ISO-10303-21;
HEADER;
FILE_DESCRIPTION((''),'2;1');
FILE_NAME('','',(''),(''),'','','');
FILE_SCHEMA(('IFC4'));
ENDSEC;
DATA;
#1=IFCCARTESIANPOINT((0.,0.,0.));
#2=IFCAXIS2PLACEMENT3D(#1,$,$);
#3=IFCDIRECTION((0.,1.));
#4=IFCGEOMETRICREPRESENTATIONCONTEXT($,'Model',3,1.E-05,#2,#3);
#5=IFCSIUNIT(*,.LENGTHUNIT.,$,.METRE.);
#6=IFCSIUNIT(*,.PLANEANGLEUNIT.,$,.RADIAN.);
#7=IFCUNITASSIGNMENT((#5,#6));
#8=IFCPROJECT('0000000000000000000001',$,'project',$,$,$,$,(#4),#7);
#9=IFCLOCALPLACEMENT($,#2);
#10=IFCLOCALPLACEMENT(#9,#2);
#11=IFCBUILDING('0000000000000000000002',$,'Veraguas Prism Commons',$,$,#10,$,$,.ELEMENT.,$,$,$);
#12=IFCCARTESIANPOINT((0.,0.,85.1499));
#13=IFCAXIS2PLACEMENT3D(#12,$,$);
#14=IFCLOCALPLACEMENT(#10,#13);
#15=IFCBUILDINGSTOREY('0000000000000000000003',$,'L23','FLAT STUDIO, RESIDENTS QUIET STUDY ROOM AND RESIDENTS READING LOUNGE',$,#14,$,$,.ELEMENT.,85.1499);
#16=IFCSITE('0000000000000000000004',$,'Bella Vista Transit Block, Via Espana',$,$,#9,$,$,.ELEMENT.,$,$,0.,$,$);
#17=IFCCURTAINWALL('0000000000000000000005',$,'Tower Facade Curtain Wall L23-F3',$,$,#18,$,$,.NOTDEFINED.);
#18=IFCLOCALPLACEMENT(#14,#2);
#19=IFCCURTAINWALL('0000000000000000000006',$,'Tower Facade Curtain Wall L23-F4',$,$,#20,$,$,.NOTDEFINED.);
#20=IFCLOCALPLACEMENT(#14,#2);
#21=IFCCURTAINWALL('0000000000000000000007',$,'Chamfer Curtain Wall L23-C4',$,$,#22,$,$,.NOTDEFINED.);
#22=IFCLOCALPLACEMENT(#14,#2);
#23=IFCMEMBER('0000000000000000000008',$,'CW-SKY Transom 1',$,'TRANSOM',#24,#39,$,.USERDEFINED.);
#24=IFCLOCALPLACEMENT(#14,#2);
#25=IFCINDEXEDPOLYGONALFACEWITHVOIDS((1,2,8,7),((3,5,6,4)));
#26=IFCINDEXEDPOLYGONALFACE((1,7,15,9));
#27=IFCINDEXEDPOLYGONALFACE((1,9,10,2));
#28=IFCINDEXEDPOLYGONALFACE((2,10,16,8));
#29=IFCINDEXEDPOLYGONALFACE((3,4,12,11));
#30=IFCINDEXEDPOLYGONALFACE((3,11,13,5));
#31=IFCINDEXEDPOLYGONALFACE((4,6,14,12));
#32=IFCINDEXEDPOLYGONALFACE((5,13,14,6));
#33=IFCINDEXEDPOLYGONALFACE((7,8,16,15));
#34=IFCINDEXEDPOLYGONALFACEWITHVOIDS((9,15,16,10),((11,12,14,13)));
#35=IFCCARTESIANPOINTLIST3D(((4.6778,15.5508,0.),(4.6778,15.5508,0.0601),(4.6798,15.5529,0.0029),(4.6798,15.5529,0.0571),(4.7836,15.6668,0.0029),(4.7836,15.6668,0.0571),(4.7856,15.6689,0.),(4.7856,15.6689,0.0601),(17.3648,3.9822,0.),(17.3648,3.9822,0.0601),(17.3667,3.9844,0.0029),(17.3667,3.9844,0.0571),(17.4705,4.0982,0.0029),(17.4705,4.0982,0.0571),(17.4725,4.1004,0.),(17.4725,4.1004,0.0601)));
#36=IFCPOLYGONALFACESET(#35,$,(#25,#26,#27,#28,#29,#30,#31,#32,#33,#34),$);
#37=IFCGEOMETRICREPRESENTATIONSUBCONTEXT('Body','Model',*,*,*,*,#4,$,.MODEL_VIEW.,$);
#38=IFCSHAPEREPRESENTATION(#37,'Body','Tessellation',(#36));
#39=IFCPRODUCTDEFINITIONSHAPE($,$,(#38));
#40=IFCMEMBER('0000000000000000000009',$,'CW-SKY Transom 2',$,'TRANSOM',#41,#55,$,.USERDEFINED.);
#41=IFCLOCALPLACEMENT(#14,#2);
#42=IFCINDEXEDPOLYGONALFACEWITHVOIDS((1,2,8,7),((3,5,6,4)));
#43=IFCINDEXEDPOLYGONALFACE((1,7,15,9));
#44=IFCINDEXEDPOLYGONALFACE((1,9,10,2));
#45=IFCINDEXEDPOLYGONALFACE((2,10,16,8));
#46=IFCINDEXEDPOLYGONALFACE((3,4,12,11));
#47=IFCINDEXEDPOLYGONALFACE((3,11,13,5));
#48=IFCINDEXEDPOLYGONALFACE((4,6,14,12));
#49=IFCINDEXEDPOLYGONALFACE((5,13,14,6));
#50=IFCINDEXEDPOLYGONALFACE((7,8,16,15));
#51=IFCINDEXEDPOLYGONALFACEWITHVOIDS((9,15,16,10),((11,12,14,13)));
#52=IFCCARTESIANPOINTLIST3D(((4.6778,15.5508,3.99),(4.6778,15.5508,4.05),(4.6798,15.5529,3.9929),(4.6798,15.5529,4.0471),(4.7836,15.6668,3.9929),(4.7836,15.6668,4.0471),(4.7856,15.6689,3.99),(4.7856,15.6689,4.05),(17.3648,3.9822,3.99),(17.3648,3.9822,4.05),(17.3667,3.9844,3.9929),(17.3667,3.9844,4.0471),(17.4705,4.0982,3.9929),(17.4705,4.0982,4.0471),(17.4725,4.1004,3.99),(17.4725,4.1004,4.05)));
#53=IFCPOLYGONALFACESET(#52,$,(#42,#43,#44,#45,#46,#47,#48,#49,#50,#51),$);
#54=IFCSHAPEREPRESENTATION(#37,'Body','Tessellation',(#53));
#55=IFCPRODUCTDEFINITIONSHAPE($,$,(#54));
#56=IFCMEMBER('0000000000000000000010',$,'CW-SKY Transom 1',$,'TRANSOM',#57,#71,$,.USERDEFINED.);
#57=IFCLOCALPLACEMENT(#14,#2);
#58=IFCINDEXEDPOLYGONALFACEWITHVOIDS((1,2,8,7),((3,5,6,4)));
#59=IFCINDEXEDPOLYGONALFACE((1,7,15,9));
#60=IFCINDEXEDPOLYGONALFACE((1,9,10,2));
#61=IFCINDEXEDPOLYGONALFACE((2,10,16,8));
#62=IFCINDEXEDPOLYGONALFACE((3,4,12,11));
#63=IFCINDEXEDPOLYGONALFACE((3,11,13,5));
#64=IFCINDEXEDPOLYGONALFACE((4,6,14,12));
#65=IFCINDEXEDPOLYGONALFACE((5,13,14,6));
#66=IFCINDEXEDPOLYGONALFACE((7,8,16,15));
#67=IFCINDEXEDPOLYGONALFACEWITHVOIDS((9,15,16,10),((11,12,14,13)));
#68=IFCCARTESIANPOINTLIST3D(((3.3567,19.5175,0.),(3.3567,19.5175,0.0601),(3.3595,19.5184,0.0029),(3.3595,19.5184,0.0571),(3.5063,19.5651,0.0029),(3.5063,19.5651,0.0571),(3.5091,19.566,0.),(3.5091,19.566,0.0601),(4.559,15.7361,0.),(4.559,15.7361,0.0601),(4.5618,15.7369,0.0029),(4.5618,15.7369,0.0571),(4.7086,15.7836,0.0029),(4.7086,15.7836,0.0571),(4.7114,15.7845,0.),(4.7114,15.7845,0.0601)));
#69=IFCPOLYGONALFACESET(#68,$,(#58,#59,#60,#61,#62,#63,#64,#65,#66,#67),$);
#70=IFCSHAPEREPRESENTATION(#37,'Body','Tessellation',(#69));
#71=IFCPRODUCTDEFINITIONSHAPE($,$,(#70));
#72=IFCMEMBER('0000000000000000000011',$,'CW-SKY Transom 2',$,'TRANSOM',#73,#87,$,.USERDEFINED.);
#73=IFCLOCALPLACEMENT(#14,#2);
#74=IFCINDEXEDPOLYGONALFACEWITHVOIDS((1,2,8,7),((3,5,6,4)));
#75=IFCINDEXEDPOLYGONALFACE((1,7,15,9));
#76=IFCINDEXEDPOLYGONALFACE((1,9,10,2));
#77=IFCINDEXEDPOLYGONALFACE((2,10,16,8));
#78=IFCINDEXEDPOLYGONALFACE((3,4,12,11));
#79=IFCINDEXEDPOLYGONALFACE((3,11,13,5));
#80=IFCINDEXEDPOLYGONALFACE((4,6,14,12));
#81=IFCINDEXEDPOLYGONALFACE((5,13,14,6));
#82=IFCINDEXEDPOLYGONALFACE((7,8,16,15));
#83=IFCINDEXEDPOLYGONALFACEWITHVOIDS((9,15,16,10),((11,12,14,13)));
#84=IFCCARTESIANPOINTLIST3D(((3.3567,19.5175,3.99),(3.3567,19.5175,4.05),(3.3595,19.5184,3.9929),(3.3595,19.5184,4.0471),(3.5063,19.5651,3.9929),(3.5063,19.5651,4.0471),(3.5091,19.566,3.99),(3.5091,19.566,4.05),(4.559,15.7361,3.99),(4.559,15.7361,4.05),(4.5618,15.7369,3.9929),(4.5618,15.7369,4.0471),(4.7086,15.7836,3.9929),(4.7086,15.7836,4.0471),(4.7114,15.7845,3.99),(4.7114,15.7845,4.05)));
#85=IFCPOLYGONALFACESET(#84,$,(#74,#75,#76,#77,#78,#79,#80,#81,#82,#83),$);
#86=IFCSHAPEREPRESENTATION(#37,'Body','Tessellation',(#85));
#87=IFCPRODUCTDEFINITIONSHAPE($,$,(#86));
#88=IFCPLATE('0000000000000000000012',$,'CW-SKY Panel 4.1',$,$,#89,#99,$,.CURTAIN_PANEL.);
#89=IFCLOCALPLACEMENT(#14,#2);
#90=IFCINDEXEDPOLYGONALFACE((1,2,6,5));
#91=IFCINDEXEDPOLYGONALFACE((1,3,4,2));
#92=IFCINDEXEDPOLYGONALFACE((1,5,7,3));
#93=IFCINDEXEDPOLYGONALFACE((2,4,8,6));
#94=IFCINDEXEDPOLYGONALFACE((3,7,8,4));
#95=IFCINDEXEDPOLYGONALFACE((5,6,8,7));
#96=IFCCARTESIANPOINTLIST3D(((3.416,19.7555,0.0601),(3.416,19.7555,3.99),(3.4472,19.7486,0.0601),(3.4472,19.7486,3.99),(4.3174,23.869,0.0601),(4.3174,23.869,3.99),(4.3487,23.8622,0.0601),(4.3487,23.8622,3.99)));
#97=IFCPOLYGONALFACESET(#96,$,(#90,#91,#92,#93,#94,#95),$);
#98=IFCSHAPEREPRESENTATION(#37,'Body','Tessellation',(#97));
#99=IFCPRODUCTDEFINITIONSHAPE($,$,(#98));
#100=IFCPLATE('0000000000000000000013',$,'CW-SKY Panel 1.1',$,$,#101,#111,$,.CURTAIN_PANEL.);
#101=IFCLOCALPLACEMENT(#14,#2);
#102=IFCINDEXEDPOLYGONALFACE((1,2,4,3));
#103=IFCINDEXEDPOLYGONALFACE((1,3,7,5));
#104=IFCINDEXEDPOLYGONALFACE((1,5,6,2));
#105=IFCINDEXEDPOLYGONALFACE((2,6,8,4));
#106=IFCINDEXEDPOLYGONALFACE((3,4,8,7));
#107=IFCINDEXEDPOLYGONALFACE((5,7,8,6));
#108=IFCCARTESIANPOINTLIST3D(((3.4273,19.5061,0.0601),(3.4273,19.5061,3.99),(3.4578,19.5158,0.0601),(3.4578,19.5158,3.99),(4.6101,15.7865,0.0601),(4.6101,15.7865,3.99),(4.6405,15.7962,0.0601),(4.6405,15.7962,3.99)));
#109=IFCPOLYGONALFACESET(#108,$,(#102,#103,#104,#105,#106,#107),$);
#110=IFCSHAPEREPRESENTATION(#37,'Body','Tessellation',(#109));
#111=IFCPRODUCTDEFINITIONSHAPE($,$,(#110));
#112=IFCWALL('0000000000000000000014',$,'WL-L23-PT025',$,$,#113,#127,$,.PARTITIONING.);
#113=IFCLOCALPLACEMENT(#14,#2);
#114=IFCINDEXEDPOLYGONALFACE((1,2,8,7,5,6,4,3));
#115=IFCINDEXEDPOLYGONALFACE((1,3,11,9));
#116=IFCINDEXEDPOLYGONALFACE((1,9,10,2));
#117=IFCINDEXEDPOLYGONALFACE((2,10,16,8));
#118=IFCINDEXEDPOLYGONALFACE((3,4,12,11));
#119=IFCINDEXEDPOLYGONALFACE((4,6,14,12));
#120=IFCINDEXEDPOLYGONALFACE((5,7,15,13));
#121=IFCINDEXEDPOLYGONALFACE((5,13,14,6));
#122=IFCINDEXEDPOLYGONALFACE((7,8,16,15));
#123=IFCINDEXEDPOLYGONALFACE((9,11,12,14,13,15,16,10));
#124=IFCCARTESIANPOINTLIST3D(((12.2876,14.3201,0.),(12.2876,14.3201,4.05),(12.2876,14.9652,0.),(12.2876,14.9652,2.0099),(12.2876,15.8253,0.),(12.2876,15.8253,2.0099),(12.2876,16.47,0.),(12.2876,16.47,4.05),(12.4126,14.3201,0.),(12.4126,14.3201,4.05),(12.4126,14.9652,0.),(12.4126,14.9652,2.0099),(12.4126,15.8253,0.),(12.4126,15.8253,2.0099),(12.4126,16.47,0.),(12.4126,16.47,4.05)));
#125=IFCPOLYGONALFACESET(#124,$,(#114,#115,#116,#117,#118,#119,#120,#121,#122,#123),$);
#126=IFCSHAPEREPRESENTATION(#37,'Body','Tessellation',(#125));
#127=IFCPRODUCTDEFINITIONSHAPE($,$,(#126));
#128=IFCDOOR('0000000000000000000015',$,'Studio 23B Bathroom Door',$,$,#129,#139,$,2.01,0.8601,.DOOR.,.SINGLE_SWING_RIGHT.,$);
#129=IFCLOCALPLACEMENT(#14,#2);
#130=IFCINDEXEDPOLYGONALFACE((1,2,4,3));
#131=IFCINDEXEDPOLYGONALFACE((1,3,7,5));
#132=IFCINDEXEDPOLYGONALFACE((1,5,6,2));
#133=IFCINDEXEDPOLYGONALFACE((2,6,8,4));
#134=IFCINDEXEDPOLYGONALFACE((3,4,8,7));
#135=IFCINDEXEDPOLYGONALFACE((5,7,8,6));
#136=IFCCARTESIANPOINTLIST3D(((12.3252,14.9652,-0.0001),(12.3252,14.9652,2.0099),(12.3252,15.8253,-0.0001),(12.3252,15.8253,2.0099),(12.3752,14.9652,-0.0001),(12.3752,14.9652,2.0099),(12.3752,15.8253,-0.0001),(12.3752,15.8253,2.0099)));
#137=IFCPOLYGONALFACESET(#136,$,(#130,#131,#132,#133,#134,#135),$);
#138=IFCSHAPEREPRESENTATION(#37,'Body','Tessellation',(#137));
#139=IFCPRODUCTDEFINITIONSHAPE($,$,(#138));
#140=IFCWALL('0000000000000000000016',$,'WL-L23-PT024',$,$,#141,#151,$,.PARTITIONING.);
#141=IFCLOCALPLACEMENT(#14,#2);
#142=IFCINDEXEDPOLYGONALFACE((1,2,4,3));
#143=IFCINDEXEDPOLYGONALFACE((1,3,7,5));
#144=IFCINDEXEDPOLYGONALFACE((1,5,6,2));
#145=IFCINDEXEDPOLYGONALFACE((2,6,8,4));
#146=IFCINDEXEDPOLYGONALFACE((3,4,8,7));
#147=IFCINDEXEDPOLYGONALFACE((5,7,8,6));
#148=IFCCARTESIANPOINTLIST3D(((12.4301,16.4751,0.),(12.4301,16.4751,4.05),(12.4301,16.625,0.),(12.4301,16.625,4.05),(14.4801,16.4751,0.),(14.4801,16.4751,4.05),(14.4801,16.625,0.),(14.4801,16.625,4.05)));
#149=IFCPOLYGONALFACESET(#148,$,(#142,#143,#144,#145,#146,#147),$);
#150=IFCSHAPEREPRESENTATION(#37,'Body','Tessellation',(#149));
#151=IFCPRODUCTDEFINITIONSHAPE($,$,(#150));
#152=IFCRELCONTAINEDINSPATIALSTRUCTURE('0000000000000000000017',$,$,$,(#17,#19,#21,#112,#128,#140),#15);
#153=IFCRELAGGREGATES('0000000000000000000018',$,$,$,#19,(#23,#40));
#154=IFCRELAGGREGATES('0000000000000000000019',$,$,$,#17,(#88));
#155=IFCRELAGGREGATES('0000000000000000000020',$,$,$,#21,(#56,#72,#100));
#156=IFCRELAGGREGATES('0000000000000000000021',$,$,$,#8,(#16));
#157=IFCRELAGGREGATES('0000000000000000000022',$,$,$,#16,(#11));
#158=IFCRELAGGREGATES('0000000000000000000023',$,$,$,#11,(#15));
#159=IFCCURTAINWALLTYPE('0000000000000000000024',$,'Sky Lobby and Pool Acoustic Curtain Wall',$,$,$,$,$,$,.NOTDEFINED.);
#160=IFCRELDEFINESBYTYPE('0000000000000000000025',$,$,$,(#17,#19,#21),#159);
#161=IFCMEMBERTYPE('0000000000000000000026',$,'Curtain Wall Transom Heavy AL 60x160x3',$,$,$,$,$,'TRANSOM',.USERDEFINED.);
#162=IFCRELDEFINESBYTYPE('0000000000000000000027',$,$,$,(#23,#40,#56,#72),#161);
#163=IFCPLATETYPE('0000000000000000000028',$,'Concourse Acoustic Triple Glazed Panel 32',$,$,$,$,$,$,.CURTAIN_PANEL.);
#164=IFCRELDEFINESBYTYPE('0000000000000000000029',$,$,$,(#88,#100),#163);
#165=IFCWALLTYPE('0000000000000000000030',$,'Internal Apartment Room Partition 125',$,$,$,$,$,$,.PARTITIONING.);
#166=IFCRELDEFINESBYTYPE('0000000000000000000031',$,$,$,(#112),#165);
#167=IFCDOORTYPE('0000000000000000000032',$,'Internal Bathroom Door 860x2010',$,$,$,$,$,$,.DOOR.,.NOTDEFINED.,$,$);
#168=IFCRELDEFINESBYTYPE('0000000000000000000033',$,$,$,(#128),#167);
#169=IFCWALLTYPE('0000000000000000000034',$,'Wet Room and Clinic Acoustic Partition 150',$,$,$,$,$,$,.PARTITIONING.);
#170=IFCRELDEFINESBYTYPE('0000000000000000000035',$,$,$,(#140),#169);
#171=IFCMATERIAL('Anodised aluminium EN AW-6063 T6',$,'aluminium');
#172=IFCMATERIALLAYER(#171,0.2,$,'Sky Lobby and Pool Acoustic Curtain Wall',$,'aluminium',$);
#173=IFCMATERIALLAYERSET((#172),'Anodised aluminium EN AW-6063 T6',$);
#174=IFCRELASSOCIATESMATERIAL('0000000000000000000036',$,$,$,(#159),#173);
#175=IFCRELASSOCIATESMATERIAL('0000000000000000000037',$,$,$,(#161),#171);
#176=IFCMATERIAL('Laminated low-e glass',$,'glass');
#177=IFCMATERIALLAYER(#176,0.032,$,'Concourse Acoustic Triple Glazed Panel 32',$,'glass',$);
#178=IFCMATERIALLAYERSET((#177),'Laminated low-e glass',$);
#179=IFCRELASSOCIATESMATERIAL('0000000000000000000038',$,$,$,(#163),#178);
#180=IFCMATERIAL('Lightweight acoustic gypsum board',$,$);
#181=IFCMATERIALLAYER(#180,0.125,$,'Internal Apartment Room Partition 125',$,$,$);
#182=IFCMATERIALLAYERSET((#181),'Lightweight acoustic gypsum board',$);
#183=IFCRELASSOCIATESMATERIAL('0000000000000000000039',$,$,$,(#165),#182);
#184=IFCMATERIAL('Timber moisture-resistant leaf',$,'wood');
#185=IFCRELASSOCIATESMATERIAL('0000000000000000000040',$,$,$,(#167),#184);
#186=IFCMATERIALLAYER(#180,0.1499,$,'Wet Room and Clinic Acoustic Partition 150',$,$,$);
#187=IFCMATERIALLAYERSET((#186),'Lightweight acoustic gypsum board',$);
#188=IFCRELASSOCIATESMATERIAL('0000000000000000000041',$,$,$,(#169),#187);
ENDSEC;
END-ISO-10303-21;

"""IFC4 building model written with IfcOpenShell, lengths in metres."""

from ifc_helpers import new_model, si_unit, direction, frame, frame_2d, origin, origin_2d, place, context, subcontext, project, spatial, rectangle, hollow_rectangle, extrude, source, transform, mapped, material, layer, layer_set, material_profile, profile_set, type_object, element, fill, aggregate, save


model = new_model("IFC4")

# Units and contexts
model_context = context("Model", 3, precision=1e-05, world=origin(), true_north=direction((0.0, 1.0)))
body_context = subcontext(model_context, "Body", "Model", "MODEL_VIEW")
ifc_project = project(units=[si_unit("LENGTHUNIT", "METRE"), si_unit("PLANEANGLEUNIT", "RADIAN")], contexts=[model_context])

# Site, building, storey
site_placement = place(None, origin())
site = spatial("IfcSite", under=ifc_project, at=site_placement, Name="Bella Vista Transit Block, Via Espana", CompositionType="ELEMENT", RefElevation=0.0)
building_placement = place(site_placement, origin())
building = spatial("IfcBuilding", under=site, at=building_placement, Name="Veraguas Prism Commons", CompositionType="ELEMENT")
storey_placement = place(building_placement, frame((0.0, 0.0, 85.1499)))
storey = spatial("IfcBuildingStorey", under=building, at=storey_placement, Name="L23", Description="FLAT STUDIO, RESIDENTS QUIET STUDY ROOM AND RESIDENTS READING LOUNGE", CompositionType="ELEMENT", Elevation=85.1499)

# Curtain walls
ifc_material_1 = material(Name="Anodised aluminium EN AW-6063 T6", Category="aluminium")
ifc_layer_1 = layer(ifc_material_1, 0.2, Name="Sky Lobby and Pool Acoustic Curtain Wall", Category="aluminium")
ifc_layer_set_1 = layer_set([ifc_layer_1], Name="Anodised aluminium EN AW-6063 T6")
curtain_wall_type = type_object("IfcCurtainWallType", Name="Sky Lobby and Pool Acoustic Curtain Wall", PredefinedType="NOTDEFINED", material=ifc_layer_set_1)
curtain_wall_1_placement = place(storey_placement, origin())
curtain_wall_1 = element("IfcCurtainWall", 1, at=curtain_wall_1_placement, inside=storey, type_object=curtain_wall_type, Name="Tower Facade Curtain Wall L23-F3", PredefinedType="NOTDEFINED")
curtain_wall_2_placement = place(storey_placement, origin())
curtain_wall_2 = element("IfcCurtainWall", 2, at=curtain_wall_2_placement, inside=storey, type_object=curtain_wall_type, Name="Tower Facade Curtain Wall L23-F4", PredefinedType="NOTDEFINED")

# Curtain wall
curtain_wall_3_placement = place(storey_placement, origin())
curtain_wall_3 = element("IfcCurtainWall", 3, at=curtain_wall_3_placement, inside=storey, type_object=curtain_wall_type, Name="Chamfer Curtain Wall L23-C4", PredefinedType="NOTDEFINED")

# Members
ifc_material_profile_1 = material_profile(ifc_material_1, hollow_rectangle(XDim=0.0601, YDim=0.1599, WallThickness=0.0029, at=origin_2d()), Name="AL60X160X3")
ifc_profile_set_1 = profile_set([ifc_material_profile_1], Name="Anodised aluminium EN AW-6063 T6")
member_type_1 = type_object("IfcMemberType", Name="Curtain Wall Transom Heavy AL 60x160x3", ElementType="TRANSOM", PredefinedType="USERDEFINED", material=ifc_profile_set_1)
shared_shape_1 = source(origin(), body_context, "Body", "SweptSolid", [
    extrude(hollow_rectangle(XDim=0.0601, YDim=0.1599, WallThickness=0.0029, at=origin_2d()), origin(), (0.0, 0.0, 1.0), 17.1694),
])
member_1_placement = place(storey_placement, frame((4.7317, 15.6099, 0.03), z_axis=(0.738926, -0.673787, 0.0), x_axis=(0.0, 0.0, 1.0)))
member_1 = element("IfcMember", 4, at=member_1_placement, type_object=member_type_1, Name="CW-SKY Transom 1", ObjectType="TRANSOM", PredefinedType="USERDEFINED", context=body_context, shape_type="MappedRepresentation", body=[
    mapped(shared_shape_1, transform((0.0, 0.0, 0.0), scale=1.0)),
])
member_2_placement = place(storey_placement, frame((4.7317, 15.6099, 4.02), z_axis=(0.738926, -0.673787, 0.0), x_axis=(0.0, 0.0, 1.0)))
member_2 = element("IfcMember", 5, at=member_2_placement, type_object=member_type_1, Name="CW-SKY Transom 2", ObjectType="TRANSOM", PredefinedType="USERDEFINED", context=body_context, shape_type="MappedRepresentation", body=[
    mapped(shared_shape_1, transform((0.0, 0.0, 0.0), scale=1.0)),
])
aggregate(curtain_wall_2, [member_1, member_2])
shared_shape_2 = source(origin(), body_context, "Body", "SweptSolid", [
    extrude(hollow_rectangle(XDim=0.0601, YDim=0.1599, WallThickness=0.0029, at=origin_2d()), origin(), (0.0, 0.0, 1.0), 3.968),
])
member_3_placement = place(storey_placement, frame((3.4329, 19.5417, 0.03), z_axis=(0.303018, -0.952985, 0.0), x_axis=(0.0, 0.0, 1.0)))
member_3 = element("IfcMember", 6, at=member_3_placement, type_object=member_type_1, Name="CW-SKY Transom 1", ObjectType="TRANSOM", PredefinedType="USERDEFINED", context=body_context, shape_type="MappedRepresentation", body=[
    mapped(shared_shape_2, transform((0.0, 0.0, 0.0), scale=1.0)),
])
member_4_placement = place(storey_placement, frame((3.4329, 19.5417, 4.02), z_axis=(0.303018, -0.952985, 0.0), x_axis=(0.0, 0.0, 1.0)))
member_4 = element("IfcMember", 7, at=member_4_placement, type_object=member_type_1, Name="CW-SKY Transom 2", ObjectType="TRANSOM", PredefinedType="USERDEFINED", context=body_context, shape_type="MappedRepresentation", body=[
    mapped(shared_shape_2, transform((0.0, 0.0, 0.0), scale=1.0)),
])

# Plates
ifc_material_2 = material(Name="Laminated low-e glass", Category="glass")
ifc_layer_2 = layer(ifc_material_2, 0.032, Name="Concourse Acoustic Triple Glazed Panel 32", Category="glass")
ifc_layer_set_2 = layer_set([ifc_layer_2], Name="Laminated low-e glass")
plate_type = type_object("IfcPlateType", Name="Concourse Acoustic Triple Glazed Panel 32", PredefinedType="CURTAIN_PANEL", material=ifc_layer_set_2)
shared_shape_3 = source(origin(), body_context, "Body", "SweptSolid", [
    extrude(rectangle(XDim=4.2112, YDim=0.032, at=origin_2d()), origin(), (0.0, 0.0, 1.0), 3.9299),
])
plate_1_placement = place(storey_placement, frame((3.8823, 21.8088, 0.0601), z_axis=(0.0, 0.0, 1.0), x_axis=(-0.214055, -0.976822, 0.0)))
plate_1 = element("IfcPlate", 8, at=plate_1_placement, type_object=plate_type, Name="CW-SKY Panel 4.1", PredefinedType="CURTAIN_PANEL", context=body_context, shape_type="MappedRepresentation", body=[
    mapped(shared_shape_3, transform((0.0, 0.0, 0.0), scale=1.0)),
])
aggregate(curtain_wall_1, [plate_1])
shared_shape_4 = source(origin(), body_context, "Body", "SweptSolid", [
    extrude(rectangle(XDim=3.9031, YDim=0.032, at=origin_2d()), origin(), (0.0, 0.0, 1.0), 3.9299),
])
plate_2_placement = place(storey_placement, frame((4.0339, 17.6511, 0.0601), z_axis=(0.0, 0.0, 1.0), x_axis=(0.303024, -0.952983, 0.0)))
plate_2 = element("IfcPlate", 9, at=plate_2_placement, type_object=plate_type, Name="CW-SKY Panel 1.1", PredefinedType="CURTAIN_PANEL", context=body_context, shape_type="MappedRepresentation", body=[
    mapped(shared_shape_4, transform((0.0, 0.0, 0.0), scale=1.0)),
])
aggregate(curtain_wall_3, [member_3, member_4, plate_2])

# Wall, opening, door
ifc_material_3 = material(Name="Lightweight acoustic gypsum board")
ifc_layer_3 = layer(ifc_material_3, 0.125, Name="Internal Apartment Room Partition 125")
ifc_layer_set_3 = layer_set([ifc_layer_3], Name="Lightweight acoustic gypsum board")
wall_type_1 = type_object("IfcWallType", Name="Internal Apartment Room Partition 125", PredefinedType="PARTITIONING", material=ifc_layer_set_3)
wall_1_placement = place(storey_placement, frame((12.3501, 14.3201, 0.0), z_axis=(0.0, 0.0, 1.0), x_axis=(0.0, 1.0, 0.0)))
wall_1 = element("IfcWall", 10, at=wall_1_placement, inside=storey, type_object=wall_type_1, Name="WL-L23-PT025", PredefinedType="PARTITIONING", context=body_context, shape_type="SweptSolid", body=[
    extrude(rectangle(XDim=2.1499, YDim=0.125, at=frame_2d((1.075, 0.0))), origin(), (0.0, 0.0, 1.0), 4.05),
])
opening_placement = place(wall_1_placement, frame((0.645, 0.0, 0.0)))
opening = element("IfcOpeningElement", 11, at=opening_placement, cuts=wall_1, PredefinedType="OPENING", context=body_context, shape_type="SweptSolid", body=[
    extrude(rectangle(XDim=0.8601, YDim=2.01, at=frame_2d((0.4302, 1.0049))), frame((0.0, 0.0725, 0.0), z_axis=(0.0, -1.0, 0.0), x_axis=(1.0, 0.0, 0.0)), (0.0, 0.0, 1.0), 0.145),
])
ifc_material_4 = material(Name="Timber moisture-resistant leaf", Category="wood")
door_type = type_object("IfcDoorType", Name="Internal Bathroom Door 860x2010", OperationType="NOTDEFINED", PredefinedType="DOOR", material=ifc_material_4)
shared_shape_5 = source(origin(), body_context, "Body", "SweptSolid", [
    extrude(rectangle(XDim=0.8601, YDim=2.01, at=frame_2d((0.4302, 1.0049))), frame((0.0, 0.0249, 0.0), z_axis=(0.0, -1.0, 0.0), x_axis=(1.0, 0.0, 0.0)), (0.0, 0.0, 1.0), 0.05),
])
door_placement = place(opening_placement, origin())
door = element("IfcDoor", 12, at=door_placement, inside=storey, type_object=door_type, Name="Studio 23B Bathroom Door", OperationType="SINGLE_SWING_RIGHT", OverallHeight=2.01, OverallWidth=0.8601, PredefinedType="DOOR", context=body_context, shape_type="MappedRepresentation", body=[
    mapped(shared_shape_5, transform((0.0, 0.0, 0.0), scale=1.0)),
])
fill(opening, door)

# Wall
ifc_layer_4 = layer(ifc_material_3, 0.1499, Name="Wet Room and Clinic Acoustic Partition 150")
ifc_layer_set_4 = layer_set([ifc_layer_4], Name="Lightweight acoustic gypsum board")
wall_type_2 = type_object("IfcWallType", Name="Wet Room and Clinic Acoustic Partition 150", PredefinedType="PARTITIONING", material=ifc_layer_set_4)
wall_2_placement = place(storey_placement, frame((14.48, 16.55, 0.0), z_axis=(0.0, 0.0, 1.0), x_axis=(-1.0, 0.0, 0.0)))
element("IfcWall", 13, at=wall_2_placement, inside=storey, type_object=wall_type_2, Name="WL-L23-PT024", PredefinedType="PARTITIONING", context=body_context, shape_type="SweptSolid", body=[
    extrude(rectangle(XDim=2.05, YDim=0.1499, at=frame_2d((1.0249, 0.0))), origin(), (0.0, 0.0, 1.0), 4.05),
])

save(model, "model.ifc")
